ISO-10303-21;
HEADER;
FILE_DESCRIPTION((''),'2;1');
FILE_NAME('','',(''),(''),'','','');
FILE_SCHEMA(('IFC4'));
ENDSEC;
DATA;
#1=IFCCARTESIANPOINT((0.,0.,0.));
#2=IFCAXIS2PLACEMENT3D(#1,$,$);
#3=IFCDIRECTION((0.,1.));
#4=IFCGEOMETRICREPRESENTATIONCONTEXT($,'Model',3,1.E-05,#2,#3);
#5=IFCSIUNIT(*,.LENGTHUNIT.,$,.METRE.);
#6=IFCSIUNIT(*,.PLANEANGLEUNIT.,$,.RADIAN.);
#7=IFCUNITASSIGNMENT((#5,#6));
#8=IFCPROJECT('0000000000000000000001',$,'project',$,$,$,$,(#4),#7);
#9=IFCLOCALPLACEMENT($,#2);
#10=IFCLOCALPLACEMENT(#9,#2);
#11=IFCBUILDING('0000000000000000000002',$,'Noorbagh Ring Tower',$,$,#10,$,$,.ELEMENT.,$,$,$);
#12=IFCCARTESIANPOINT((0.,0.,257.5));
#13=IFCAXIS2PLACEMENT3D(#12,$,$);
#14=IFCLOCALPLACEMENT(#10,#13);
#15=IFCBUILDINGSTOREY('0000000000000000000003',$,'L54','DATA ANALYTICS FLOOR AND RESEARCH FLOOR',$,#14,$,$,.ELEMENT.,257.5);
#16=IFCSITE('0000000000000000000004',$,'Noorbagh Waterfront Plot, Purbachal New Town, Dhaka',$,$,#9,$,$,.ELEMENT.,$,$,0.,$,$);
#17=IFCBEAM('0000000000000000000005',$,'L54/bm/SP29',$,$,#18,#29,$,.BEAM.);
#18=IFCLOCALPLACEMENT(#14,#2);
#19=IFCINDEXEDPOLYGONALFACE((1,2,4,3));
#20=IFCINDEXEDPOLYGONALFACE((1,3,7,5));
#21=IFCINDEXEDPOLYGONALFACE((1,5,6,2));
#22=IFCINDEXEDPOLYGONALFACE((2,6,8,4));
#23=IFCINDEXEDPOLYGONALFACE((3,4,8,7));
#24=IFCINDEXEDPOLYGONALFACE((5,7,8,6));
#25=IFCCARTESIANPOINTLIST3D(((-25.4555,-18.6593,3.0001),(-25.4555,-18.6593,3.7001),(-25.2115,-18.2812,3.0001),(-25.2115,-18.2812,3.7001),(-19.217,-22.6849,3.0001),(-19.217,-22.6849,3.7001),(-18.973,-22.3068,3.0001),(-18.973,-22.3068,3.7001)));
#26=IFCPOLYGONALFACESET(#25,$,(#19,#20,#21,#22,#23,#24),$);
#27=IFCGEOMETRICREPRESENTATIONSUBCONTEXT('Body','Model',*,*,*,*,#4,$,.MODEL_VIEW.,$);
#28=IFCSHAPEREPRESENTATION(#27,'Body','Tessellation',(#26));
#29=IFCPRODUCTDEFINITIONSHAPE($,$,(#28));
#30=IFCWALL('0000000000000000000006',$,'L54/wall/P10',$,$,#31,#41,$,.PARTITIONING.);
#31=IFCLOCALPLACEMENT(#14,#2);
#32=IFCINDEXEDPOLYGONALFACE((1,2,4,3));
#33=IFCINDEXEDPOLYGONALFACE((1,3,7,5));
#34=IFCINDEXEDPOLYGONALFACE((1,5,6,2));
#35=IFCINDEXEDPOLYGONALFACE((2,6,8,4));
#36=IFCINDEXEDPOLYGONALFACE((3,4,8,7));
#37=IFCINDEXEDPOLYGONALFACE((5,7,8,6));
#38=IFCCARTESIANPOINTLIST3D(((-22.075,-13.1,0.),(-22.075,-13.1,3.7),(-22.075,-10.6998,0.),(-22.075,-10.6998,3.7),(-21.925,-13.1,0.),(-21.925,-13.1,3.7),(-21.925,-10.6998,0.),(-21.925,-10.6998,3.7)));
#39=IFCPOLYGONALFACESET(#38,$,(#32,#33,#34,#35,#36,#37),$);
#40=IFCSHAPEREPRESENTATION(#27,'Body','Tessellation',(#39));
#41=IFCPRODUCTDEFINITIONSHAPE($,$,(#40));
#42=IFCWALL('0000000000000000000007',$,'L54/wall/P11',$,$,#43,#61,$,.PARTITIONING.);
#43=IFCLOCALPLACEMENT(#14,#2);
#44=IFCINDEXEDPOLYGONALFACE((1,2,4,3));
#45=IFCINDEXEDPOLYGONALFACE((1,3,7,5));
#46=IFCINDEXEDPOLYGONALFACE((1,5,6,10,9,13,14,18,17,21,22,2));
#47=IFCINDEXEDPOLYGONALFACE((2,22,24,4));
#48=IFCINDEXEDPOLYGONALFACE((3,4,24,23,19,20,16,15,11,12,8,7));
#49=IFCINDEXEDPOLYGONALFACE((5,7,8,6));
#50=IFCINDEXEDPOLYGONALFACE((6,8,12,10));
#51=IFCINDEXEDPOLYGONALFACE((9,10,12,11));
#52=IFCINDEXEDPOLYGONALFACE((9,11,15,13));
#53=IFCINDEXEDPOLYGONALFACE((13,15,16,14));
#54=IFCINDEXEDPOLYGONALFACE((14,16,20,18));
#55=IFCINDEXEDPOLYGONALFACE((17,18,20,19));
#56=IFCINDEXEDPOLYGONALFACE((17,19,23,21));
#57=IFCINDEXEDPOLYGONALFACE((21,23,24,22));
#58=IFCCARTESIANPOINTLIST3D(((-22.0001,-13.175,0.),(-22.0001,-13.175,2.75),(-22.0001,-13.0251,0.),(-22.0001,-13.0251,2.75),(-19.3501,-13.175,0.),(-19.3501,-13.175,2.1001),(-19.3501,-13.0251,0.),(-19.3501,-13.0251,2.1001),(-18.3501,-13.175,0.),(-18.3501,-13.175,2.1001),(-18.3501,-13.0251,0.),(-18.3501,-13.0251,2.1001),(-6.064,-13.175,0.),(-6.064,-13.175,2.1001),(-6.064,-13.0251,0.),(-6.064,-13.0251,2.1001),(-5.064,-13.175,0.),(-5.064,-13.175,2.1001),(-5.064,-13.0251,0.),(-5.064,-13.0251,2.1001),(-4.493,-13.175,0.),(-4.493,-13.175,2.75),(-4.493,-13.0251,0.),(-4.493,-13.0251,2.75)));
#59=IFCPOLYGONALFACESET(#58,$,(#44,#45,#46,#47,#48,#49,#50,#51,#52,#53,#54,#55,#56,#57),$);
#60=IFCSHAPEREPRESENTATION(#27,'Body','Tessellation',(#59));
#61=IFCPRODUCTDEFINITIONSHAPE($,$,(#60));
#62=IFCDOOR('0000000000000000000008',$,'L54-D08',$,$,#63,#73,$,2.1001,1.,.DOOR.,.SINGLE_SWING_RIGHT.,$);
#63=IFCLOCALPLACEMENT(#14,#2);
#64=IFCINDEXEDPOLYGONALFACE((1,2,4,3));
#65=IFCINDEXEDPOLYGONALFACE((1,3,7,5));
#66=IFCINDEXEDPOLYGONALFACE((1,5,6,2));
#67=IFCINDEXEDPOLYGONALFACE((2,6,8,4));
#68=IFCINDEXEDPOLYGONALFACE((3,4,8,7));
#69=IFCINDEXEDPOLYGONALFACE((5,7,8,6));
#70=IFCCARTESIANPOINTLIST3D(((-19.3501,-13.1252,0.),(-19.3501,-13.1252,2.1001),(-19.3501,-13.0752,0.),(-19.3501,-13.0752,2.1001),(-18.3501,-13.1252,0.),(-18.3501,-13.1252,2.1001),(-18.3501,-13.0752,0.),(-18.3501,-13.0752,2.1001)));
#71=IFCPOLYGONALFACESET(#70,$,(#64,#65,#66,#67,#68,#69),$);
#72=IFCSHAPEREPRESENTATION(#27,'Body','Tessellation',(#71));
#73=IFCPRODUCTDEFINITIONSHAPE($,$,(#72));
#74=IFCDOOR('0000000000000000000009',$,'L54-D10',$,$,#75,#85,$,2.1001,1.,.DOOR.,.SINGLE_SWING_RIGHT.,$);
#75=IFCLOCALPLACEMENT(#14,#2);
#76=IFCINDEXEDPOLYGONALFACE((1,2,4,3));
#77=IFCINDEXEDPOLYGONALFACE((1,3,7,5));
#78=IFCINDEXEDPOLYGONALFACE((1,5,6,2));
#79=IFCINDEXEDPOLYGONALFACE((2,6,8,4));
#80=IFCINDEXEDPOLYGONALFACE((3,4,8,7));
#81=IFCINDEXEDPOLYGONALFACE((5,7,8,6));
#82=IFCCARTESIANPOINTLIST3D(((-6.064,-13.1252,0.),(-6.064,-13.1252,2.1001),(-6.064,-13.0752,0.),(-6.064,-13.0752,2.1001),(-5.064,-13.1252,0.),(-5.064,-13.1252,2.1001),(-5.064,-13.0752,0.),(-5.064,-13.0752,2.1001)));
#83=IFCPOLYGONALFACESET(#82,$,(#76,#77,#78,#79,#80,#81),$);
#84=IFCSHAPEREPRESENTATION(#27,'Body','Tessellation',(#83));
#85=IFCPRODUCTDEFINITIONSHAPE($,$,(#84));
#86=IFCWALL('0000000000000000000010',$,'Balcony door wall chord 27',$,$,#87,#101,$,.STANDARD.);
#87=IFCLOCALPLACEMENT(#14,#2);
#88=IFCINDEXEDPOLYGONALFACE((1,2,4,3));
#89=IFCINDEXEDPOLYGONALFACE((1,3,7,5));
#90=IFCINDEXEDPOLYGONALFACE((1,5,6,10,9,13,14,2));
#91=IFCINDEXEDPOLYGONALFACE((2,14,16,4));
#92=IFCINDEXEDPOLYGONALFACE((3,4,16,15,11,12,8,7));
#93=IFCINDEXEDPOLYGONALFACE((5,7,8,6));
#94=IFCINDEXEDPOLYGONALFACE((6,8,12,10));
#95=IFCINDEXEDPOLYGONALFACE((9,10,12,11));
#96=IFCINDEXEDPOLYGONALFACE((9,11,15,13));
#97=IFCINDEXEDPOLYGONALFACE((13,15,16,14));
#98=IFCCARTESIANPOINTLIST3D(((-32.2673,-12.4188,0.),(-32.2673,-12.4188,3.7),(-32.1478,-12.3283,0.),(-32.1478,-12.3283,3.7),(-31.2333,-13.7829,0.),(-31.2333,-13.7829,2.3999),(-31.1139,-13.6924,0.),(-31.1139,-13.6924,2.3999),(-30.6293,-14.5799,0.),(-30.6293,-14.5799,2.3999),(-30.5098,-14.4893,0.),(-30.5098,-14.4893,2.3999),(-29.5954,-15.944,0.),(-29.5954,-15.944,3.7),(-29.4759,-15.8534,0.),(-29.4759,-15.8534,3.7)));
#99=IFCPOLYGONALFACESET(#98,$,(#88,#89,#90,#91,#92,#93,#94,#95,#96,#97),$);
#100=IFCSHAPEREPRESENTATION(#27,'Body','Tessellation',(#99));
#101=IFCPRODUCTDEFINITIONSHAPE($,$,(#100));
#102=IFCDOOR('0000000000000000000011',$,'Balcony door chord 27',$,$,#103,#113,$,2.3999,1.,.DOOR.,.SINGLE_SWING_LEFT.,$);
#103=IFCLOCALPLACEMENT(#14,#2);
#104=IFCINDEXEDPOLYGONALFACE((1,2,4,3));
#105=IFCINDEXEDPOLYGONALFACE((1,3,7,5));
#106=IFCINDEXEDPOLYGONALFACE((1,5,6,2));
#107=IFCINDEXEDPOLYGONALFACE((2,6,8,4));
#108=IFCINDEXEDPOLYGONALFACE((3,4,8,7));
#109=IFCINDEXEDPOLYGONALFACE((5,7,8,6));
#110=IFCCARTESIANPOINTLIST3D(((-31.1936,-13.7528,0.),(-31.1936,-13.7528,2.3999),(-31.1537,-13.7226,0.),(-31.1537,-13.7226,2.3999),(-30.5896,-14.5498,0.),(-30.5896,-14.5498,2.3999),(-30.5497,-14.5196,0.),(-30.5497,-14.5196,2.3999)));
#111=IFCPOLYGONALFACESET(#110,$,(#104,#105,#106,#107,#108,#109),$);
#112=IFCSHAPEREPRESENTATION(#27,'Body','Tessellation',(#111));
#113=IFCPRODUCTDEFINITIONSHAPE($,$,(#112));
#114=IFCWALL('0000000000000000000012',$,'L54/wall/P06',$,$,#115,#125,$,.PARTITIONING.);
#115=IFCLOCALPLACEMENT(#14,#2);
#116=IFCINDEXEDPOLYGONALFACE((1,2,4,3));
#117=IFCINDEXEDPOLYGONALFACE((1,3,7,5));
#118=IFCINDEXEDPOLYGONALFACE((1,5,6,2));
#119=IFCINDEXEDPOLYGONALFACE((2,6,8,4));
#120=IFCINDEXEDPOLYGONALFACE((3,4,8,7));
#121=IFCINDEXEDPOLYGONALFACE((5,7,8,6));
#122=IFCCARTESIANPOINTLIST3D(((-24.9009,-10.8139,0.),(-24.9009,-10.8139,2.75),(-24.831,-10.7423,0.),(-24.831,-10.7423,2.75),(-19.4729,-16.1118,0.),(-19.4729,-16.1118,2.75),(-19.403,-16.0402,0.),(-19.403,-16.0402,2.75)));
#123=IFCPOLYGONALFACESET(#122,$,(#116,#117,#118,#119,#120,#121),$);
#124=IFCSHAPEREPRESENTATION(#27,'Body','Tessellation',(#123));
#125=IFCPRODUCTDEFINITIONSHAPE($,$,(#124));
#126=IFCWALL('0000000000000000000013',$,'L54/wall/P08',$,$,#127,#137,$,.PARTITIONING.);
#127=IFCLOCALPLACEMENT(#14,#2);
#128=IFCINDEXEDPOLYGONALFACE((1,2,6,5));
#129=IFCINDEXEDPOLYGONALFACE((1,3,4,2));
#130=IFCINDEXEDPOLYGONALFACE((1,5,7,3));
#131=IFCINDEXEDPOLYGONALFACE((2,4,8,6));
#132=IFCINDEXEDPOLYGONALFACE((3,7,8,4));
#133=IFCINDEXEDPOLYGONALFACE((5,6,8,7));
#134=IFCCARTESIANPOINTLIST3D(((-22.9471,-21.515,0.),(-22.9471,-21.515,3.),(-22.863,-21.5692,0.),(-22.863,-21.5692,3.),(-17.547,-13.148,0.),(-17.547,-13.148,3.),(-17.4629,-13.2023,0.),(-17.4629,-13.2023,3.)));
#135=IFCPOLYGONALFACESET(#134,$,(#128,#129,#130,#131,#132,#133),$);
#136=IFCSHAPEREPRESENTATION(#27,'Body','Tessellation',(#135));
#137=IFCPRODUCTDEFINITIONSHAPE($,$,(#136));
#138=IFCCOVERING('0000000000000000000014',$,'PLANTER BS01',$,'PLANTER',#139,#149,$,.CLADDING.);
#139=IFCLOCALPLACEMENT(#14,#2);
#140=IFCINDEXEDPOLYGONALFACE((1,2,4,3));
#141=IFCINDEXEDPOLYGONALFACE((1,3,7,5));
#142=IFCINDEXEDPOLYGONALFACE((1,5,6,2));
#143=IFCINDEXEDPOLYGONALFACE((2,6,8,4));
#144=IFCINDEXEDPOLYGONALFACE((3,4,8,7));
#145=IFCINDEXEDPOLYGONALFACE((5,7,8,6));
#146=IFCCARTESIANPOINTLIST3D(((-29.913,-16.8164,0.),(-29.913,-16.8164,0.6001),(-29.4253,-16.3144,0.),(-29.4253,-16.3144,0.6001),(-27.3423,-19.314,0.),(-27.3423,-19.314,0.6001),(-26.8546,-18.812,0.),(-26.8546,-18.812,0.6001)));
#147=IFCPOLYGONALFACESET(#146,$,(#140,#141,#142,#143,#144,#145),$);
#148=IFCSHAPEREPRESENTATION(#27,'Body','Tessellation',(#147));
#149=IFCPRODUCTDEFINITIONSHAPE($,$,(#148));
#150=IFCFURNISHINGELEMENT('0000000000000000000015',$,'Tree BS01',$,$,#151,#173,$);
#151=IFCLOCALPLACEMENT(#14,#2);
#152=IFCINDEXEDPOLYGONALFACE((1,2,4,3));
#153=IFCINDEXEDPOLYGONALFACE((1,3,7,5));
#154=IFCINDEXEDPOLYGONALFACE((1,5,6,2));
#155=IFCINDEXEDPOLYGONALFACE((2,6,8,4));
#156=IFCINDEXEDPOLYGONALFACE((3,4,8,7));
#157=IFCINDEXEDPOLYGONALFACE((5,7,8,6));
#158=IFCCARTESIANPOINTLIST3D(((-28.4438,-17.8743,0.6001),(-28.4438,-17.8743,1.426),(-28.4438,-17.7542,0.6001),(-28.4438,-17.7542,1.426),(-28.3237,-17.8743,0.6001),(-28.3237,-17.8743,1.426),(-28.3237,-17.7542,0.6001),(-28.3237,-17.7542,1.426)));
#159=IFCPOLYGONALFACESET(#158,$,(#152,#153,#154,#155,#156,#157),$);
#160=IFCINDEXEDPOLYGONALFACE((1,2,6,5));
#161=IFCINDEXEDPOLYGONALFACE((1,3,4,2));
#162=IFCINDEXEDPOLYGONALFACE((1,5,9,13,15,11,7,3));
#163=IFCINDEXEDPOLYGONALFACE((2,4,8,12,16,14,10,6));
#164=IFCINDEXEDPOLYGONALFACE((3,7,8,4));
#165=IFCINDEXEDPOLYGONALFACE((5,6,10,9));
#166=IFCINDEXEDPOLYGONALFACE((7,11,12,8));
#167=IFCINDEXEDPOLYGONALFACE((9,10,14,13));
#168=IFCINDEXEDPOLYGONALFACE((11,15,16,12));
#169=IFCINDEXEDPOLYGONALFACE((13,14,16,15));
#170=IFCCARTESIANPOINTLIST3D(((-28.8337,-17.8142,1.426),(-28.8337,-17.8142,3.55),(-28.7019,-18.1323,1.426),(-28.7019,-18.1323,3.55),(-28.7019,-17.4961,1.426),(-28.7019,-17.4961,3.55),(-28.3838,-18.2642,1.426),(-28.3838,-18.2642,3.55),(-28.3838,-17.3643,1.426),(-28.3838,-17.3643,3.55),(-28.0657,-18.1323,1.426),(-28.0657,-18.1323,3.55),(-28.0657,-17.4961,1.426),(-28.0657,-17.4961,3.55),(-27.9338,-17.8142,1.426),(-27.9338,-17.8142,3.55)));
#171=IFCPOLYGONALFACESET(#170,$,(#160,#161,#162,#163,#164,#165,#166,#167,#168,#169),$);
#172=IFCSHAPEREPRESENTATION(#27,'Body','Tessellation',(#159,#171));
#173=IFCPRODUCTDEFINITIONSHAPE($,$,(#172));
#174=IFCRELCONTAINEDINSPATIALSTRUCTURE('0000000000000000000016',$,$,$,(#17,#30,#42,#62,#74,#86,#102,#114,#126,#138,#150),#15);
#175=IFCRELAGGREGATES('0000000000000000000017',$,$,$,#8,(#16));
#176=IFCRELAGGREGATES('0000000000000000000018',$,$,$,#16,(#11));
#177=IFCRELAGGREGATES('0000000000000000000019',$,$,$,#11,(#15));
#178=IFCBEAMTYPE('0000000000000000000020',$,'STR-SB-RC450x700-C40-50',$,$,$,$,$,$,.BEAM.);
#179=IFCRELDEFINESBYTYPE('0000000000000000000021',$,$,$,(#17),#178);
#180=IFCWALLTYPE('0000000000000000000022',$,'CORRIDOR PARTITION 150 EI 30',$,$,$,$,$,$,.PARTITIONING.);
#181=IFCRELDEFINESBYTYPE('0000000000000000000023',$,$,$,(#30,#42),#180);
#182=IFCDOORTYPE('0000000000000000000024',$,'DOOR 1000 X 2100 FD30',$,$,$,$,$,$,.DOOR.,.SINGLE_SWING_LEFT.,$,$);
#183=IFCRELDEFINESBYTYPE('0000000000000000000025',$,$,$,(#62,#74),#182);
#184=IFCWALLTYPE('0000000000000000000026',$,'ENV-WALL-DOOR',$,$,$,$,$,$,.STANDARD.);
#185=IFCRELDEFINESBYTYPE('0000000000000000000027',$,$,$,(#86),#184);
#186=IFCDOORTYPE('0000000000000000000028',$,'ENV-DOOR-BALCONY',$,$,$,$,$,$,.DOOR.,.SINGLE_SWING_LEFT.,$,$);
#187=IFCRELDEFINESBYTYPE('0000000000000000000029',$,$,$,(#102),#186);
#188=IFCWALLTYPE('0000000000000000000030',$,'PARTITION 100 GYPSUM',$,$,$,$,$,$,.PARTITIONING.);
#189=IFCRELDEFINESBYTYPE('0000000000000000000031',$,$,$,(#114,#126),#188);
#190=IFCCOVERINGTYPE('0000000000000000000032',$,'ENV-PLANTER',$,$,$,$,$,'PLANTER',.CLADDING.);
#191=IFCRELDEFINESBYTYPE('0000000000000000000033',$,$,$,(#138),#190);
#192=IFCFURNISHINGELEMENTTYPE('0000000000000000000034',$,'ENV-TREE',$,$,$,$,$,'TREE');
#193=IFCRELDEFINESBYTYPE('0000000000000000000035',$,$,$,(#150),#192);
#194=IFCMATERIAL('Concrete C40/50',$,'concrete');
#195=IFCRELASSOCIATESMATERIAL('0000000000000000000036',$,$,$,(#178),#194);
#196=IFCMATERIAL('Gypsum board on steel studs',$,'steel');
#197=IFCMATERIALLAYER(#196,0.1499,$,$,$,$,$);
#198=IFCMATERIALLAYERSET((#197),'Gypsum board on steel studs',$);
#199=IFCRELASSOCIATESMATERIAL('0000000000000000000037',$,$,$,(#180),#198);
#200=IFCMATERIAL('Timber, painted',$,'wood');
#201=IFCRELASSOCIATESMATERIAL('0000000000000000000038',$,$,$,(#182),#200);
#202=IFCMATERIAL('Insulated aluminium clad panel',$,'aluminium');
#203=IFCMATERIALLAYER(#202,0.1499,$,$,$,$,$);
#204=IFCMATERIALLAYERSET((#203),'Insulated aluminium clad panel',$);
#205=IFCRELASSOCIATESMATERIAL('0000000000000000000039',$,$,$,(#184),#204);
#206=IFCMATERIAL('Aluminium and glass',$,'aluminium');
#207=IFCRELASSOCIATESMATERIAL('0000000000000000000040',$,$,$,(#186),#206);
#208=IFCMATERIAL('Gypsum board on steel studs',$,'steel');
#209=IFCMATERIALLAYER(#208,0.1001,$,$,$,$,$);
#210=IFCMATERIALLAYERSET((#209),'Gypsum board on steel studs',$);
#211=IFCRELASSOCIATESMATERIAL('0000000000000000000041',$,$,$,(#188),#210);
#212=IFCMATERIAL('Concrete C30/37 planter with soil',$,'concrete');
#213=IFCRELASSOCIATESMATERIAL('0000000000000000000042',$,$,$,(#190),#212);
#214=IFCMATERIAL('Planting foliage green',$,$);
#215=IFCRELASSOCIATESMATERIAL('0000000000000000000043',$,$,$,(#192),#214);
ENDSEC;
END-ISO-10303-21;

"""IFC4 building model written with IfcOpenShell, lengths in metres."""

from ifc_helpers import new_model, si_unit, direction, frame, frame_2d, origin, origin_2d, place, context, subcontext, project, spatial, polyline, rectangle, outline, extrude, material, layer, layer_set, material_profile, profile_set, type_object, element, fill, save


model = new_model("IFC4")

# Units and contexts
model_context = context("Model", 3, precision=1e-05, world=origin(), true_north=direction((0.0, 1.0)))
body_context = subcontext(model_context, "Body", "Model", "MODEL_VIEW")
ifc_project = project(units=[si_unit("LENGTHUNIT", "METRE"), si_unit("PLANEANGLEUNIT", "RADIAN")], contexts=[model_context])

# Site, building, storey
site_placement = place(None, origin())
site = spatial("IfcSite", under=ifc_project, at=site_placement, Name="Noorbagh Waterfront Plot, Purbachal New Town, Dhaka", CompositionType="ELEMENT", RefElevation=0.0)
building_placement = place(site_placement, origin())
building = spatial("IfcBuilding", under=site, at=building_placement, Name="Noorbagh Ring Tower", CompositionType="ELEMENT")
storey_placement = place(building_placement, frame((0.0, 0.0, 257.5)))
storey = spatial("IfcBuildingStorey", under=building, at=storey_placement, Name="L54", Description="DATA ANALYTICS FLOOR AND RESEARCH FLOOR", CompositionType="ELEMENT", Elevation=257.5)

# Beam
ifc_material_1 = material(Name="Concrete C40/50", Category="concrete")
ifc_material_profile_1 = material_profile(ifc_material_1, rectangle(XDim=0.45, YDim=0.7, at=origin_2d()), Name="RC450x700")
ifc_profile_set_1 = profile_set([ifc_material_profile_1], Name="Concrete C40/50")
beam_type_1 = type_object("IfcBeamType", Name="STR-SB-RC450x700-C40-50", PredefinedType="BEAM", material=ifc_profile_set_1)
beam_1_placement = place(storey_placement, frame((-25.3335, -18.4702, 3.3501), z_axis=(0.840249, -0.542201, 0.0), x_axis=(0.542201, 0.840249, 0.0)))
element("IfcBeam", 1, at=beam_1_placement, inside=storey, type_object=beam_type_1, Name="L54/bm/SP29", PredefinedType="BEAM", context=body_context, shape_type="SweptSolid", body=[
    extrude(rectangle(XDim=0.45, YDim=0.7, at=origin_2d()), origin(), (0.0, 0.0, 1.0), 7.4246),
])

# Wall
ifc_material_2 = material(Name="Gypsum board on steel studs", Category="steel")
ifc_layer_1 = layer(ifc_material_2, 0.1499)
ifc_layer_set_1 = layer_set([ifc_layer_1], Name="Gypsum board on steel studs")
wall_type_1 = type_object("IfcWallType", Name="CORRIDOR PARTITION 150 EI 30", PredefinedType="PARTITIONING", material=ifc_layer_set_1)
wall_1_placement = place(storey_placement, frame((-22.0, -13.1001, 0.0), z_axis=(0.0, 0.0, 1.0), x_axis=(0.0, 1.0, 0.0)))
element("IfcWall", 2, at=wall_1_placement, inside=storey, type_object=wall_type_1, Name="L54/wall/P10", PredefinedType="PARTITIONING", context=body_context, shape_type="SweptSolid", body=[
    extrude(rectangle(XDim=2.4001, YDim=0.1499, at=frame_2d((1.2002, 0.0))), origin(), (0.0, 0.0, 1.0), 3.7),
])

# Wall, openings, doors
wall_2_placement = place(storey_placement, frame((-22.0, -13.1001, 0.0), z_axis=(0.0, 0.0, 1.0), x_axis=(1.0, 0.0, 0.0)))
wall_2 = element("IfcWall", 3, at=wall_2_placement, inside=storey, type_object=wall_type_1, Name="L54/wall/P11", PredefinedType="PARTITIONING", context=body_context, shape_type="SweptSolid", body=[
    extrude(rectangle(XDim=17.5071, YDim=0.1499, at=frame_2d((8.7534, 0.0))), origin(), (0.0, 0.0, 1.0), 2.75),
])
opening_1_placement = place(wall_2_placement, frame((2.6499, 0.0, 0.0)))
opening_1 = element("IfcOpeningElement", 4, at=opening_1_placement, cuts=wall_2, PredefinedType="OPENING", context=body_context, shape_type="SweptSolid", body=[
    extrude(rectangle(XDim=1.0, YDim=2.1001, at=frame_2d((0.5, 1.05))), frame((0.0, 0.085, 0.0), z_axis=(0.0, -1.0, 0.0), x_axis=(1.0, 0.0, 0.0)), (0.0, 0.0, 1.0), 0.1699),
])
opening_2_placement = place(wall_2_placement, frame((15.936, 0.0, 0.0)))
opening_2 = element("IfcOpeningElement", 5, at=opening_2_placement, cuts=wall_2, PredefinedType="OPENING", context=body_context, shape_type="SweptSolid", body=[
    extrude(rectangle(XDim=1.0, YDim=2.1001, at=frame_2d((0.5, 1.05))), frame((0.0, 0.085, 0.0), z_axis=(0.0, -1.0, 0.0), x_axis=(1.0, 0.0, 0.0)), (0.0, 0.0, 1.0), 0.1699),
])
ifc_material_3 = material(Name="Timber, painted", Category="wood")
door_type_1 = type_object("IfcDoorType", Name="DOOR 1000 X 2100 FD30", OperationType="SINGLE_SWING_LEFT", PredefinedType="DOOR", material=ifc_material_3)
door_1_placement = place(opening_1_placement, origin())
door_1 = element("IfcDoor", 6, at=door_1_placement, inside=storey, type_object=door_type_1, Name="L54-D08", OperationType="SINGLE_SWING_RIGHT", OverallHeight=2.1001, OverallWidth=1.0, PredefinedType="DOOR", context=body_context, shape_type="SweptSolid", body=[
    extrude(rectangle(XDim=1.0, YDim=2.1001, at=frame_2d((0.5, 1.05))), frame((0.0, 0.0249, 0.0), z_axis=(0.0, -1.0, 0.0), x_axis=(1.0, 0.0, 0.0)), (0.0, 0.0, 1.0), 0.05),
])
fill(opening_1, door_1)
door_2_placement = place(opening_2_placement, origin())
door_2 = element("IfcDoor", 7, at=door_2_placement, inside=storey, type_object=door_type_1, Name="L54-D10", OperationType="SINGLE_SWING_RIGHT", OverallHeight=2.1001, OverallWidth=1.0, PredefinedType="DOOR", context=body_context, shape_type="SweptSolid", body=[
    extrude(rectangle(XDim=1.0, YDim=2.1001, at=frame_2d((0.5, 1.05))), frame((0.0, 0.0249, 0.0), z_axis=(0.0, -1.0, 0.0), x_axis=(1.0, 0.0, 0.0)), (0.0, 0.0, 1.0), 0.05),
])
fill(opening_2, door_2)

# Wall, opening, door
ifc_material_4 = material(Name="Insulated aluminium clad panel", Category="aluminium")
ifc_layer_2 = layer(ifc_material_4, 0.1499)
ifc_layer_set_2 = layer_set([ifc_layer_2], Name="Insulated aluminium clad panel")
wall_type_2 = type_object("IfcWallType", Name="ENV-WALL-DOOR", PredefinedType="STANDARD", material=ifc_layer_set_2)
wall_3_placement = place(storey_placement, frame((-32.2075, -12.3735, 0.0), z_axis=(0.0, 0.0, 1.0), x_axis=(0.604046, -0.79695, 0.0)))
wall_3 = element("IfcWall", 8, at=wall_3_placement, inside=storey, type_object=wall_type_2, Name="Balcony door wall chord 27", PredefinedType="STANDARD", context=body_context, shape_type="SweptSolid", body=[
    extrude(rectangle(XDim=4.4233, YDim=0.1499, at=frame_2d((2.2117, 0.0))), origin(), (0.0, 0.0, 1.0), 3.7),
])
opening_3_placement = place(wall_3_placement, frame((1.7117, 0.0, 0.0)))
opening_3 = element("IfcOpeningElement", 9, at=opening_3_placement, cuts=wall_3, PredefinedType="OPENING", context=body_context, shape_type="SweptSolid", body=[
    extrude(rectangle(XDim=1.0, YDim=2.3999, at=frame_2d((0.5, 1.2))), frame((0.0, 0.085, 0.0), z_axis=(0.0, -1.0, 0.0), x_axis=(1.0, 0.0, 0.0)), (0.0, 0.0, 1.0), 0.1699),
])
ifc_material_5 = material(Name="Aluminium and glass", Category="aluminium")
door_type_2 = type_object("IfcDoorType", Name="ENV-DOOR-BALCONY", OperationType="SINGLE_SWING_LEFT", PredefinedType="DOOR", material=ifc_material_5)
door_3_placement = place(opening_3_placement, origin())
door_3 = element("IfcDoor", 10, at=door_3_placement, inside=storey, type_object=door_type_2, Name="Balcony door chord 27", OperationType="SINGLE_SWING_LEFT", OverallHeight=2.3999, OverallWidth=1.0, PredefinedType="DOOR", context=body_context, shape_type="SweptSolid", body=[
    extrude(rectangle(XDim=1.0, YDim=2.3999, at=frame_2d((0.5, 1.2))), frame((0.0, 0.0249, 0.0), z_axis=(0.0, -1.0, 0.0), x_axis=(1.0, 0.0, 0.0)), (0.0, 0.0, 1.0), 0.05),
])
fill(opening_3, door_3)

# Walls
ifc_material_6 = material(Name="Gypsum board on steel studs", Category="steel")
ifc_layer_3 = layer(ifc_material_6, 0.1001)
ifc_layer_set_3 = layer_set([ifc_layer_3], Name="Gypsum board on steel studs")
wall_type_3 = type_object("IfcWallType", Name="PARTITION 100 GYPSUM", PredefinedType="PARTITIONING", material=ifc_layer_set_3)
wall_4_placement = place(storey_placement, frame((-24.866, -10.7781, 0.0), z_axis=(0.0, 0.0, 1.0), x_axis=(0.715633, -0.698477, 0.0)))
element("IfcWall", 11, at=wall_4_placement, inside=storey, type_object=wall_type_3, Name="L54/wall/P06", PredefinedType="PARTITIONING", context=body_context, shape_type="SweptSolid", body=[
    extrude(rectangle(XDim=7.585, YDim=0.1001, at=frame_2d((3.7925, 0.0))), origin(), (0.0, 0.0, 1.0), 2.75),
])
wall_5_placement = place(storey_placement, frame((-22.905, -21.542, 0.0), z_axis=(0.0, 0.0, 1.0), x_axis=(0.542277, 0.8402, 0.0)))
element("IfcWall", 12, at=wall_5_placement, inside=storey, type_object=wall_type_3, Name="L54/wall/P08", PredefinedType="PARTITIONING", context=body_context, shape_type="SweptSolid", body=[
    extrude(rectangle(XDim=9.9583, YDim=0.1001, at=frame_2d((4.979, 0.0))), origin(), (0.0, 0.0, 1.0), 3.0),
])

# Covering
ifc_material_7 = material(Name="Concrete C30/37 planter with soil", Category="concrete")
covering_type = type_object("IfcCoveringType", Name="ENV-PLANTER", ElementType="PLANTER", PredefinedType="CLADDING", material=ifc_material_7)
covering_placement = place(storey_placement, frame((-28.3838, -17.8142, 0.0), z_axis=(0.0, 0.0, 1.0), x_axis=(0.717225, -0.696842, 0.0)))
element("IfcCovering", 13, at=covering_placement, inside=storey, type_object=covering_type, Name="PLANTER BS01", ObjectType="PLANTER", PredefinedType="CLADDING", context=body_context, shape_type="SweptSolid", body=[
    extrude(rectangle(XDim=3.5842, YDim=0.7, at=origin_2d()), origin(), (0.0, 0.0, 1.0), 0.6001),
])

# Furnishing element
ifc_material_8 = material(Name="Planting foliage green")
furnishing_element_type = type_object("IfcFurnishingElementType", Name="ENV-TREE", ElementType="TREE", material=ifc_material_8)
furnishing_placement = place(storey_placement, frame((-28.3838, -17.8142, 0.6001), z_axis=(0.0, 0.0, 1.0), x_axis=(1.0, 0.0, 0.0)))
element("IfcFurnishingElement", 14, at=furnishing_placement, inside=storey, type_object=furnishing_element_type, Name="Tree BS01", context=body_context, shape_type="SweptSolid", body=[
    extrude(rectangle(XDim=0.1201, YDim=0.1201, at=origin_2d()), origin(), (0.0, 0.0, 1.0), 0.8259),
    extrude(outline(polyline([(0.45, 0.0), (0.3181, 0.3181), (0.0, 0.45), (-0.3181, 0.3181), (-0.45, 0.0), (-0.3181, -0.3181), (0.0, -0.45), (0.3181, -0.3181), (0.45, 0.0)])), frame((0.0, 0.0, 0.8259)), (0.0, 0.0, 1.0), 2.124),
])

save(model, "model.ifc")
